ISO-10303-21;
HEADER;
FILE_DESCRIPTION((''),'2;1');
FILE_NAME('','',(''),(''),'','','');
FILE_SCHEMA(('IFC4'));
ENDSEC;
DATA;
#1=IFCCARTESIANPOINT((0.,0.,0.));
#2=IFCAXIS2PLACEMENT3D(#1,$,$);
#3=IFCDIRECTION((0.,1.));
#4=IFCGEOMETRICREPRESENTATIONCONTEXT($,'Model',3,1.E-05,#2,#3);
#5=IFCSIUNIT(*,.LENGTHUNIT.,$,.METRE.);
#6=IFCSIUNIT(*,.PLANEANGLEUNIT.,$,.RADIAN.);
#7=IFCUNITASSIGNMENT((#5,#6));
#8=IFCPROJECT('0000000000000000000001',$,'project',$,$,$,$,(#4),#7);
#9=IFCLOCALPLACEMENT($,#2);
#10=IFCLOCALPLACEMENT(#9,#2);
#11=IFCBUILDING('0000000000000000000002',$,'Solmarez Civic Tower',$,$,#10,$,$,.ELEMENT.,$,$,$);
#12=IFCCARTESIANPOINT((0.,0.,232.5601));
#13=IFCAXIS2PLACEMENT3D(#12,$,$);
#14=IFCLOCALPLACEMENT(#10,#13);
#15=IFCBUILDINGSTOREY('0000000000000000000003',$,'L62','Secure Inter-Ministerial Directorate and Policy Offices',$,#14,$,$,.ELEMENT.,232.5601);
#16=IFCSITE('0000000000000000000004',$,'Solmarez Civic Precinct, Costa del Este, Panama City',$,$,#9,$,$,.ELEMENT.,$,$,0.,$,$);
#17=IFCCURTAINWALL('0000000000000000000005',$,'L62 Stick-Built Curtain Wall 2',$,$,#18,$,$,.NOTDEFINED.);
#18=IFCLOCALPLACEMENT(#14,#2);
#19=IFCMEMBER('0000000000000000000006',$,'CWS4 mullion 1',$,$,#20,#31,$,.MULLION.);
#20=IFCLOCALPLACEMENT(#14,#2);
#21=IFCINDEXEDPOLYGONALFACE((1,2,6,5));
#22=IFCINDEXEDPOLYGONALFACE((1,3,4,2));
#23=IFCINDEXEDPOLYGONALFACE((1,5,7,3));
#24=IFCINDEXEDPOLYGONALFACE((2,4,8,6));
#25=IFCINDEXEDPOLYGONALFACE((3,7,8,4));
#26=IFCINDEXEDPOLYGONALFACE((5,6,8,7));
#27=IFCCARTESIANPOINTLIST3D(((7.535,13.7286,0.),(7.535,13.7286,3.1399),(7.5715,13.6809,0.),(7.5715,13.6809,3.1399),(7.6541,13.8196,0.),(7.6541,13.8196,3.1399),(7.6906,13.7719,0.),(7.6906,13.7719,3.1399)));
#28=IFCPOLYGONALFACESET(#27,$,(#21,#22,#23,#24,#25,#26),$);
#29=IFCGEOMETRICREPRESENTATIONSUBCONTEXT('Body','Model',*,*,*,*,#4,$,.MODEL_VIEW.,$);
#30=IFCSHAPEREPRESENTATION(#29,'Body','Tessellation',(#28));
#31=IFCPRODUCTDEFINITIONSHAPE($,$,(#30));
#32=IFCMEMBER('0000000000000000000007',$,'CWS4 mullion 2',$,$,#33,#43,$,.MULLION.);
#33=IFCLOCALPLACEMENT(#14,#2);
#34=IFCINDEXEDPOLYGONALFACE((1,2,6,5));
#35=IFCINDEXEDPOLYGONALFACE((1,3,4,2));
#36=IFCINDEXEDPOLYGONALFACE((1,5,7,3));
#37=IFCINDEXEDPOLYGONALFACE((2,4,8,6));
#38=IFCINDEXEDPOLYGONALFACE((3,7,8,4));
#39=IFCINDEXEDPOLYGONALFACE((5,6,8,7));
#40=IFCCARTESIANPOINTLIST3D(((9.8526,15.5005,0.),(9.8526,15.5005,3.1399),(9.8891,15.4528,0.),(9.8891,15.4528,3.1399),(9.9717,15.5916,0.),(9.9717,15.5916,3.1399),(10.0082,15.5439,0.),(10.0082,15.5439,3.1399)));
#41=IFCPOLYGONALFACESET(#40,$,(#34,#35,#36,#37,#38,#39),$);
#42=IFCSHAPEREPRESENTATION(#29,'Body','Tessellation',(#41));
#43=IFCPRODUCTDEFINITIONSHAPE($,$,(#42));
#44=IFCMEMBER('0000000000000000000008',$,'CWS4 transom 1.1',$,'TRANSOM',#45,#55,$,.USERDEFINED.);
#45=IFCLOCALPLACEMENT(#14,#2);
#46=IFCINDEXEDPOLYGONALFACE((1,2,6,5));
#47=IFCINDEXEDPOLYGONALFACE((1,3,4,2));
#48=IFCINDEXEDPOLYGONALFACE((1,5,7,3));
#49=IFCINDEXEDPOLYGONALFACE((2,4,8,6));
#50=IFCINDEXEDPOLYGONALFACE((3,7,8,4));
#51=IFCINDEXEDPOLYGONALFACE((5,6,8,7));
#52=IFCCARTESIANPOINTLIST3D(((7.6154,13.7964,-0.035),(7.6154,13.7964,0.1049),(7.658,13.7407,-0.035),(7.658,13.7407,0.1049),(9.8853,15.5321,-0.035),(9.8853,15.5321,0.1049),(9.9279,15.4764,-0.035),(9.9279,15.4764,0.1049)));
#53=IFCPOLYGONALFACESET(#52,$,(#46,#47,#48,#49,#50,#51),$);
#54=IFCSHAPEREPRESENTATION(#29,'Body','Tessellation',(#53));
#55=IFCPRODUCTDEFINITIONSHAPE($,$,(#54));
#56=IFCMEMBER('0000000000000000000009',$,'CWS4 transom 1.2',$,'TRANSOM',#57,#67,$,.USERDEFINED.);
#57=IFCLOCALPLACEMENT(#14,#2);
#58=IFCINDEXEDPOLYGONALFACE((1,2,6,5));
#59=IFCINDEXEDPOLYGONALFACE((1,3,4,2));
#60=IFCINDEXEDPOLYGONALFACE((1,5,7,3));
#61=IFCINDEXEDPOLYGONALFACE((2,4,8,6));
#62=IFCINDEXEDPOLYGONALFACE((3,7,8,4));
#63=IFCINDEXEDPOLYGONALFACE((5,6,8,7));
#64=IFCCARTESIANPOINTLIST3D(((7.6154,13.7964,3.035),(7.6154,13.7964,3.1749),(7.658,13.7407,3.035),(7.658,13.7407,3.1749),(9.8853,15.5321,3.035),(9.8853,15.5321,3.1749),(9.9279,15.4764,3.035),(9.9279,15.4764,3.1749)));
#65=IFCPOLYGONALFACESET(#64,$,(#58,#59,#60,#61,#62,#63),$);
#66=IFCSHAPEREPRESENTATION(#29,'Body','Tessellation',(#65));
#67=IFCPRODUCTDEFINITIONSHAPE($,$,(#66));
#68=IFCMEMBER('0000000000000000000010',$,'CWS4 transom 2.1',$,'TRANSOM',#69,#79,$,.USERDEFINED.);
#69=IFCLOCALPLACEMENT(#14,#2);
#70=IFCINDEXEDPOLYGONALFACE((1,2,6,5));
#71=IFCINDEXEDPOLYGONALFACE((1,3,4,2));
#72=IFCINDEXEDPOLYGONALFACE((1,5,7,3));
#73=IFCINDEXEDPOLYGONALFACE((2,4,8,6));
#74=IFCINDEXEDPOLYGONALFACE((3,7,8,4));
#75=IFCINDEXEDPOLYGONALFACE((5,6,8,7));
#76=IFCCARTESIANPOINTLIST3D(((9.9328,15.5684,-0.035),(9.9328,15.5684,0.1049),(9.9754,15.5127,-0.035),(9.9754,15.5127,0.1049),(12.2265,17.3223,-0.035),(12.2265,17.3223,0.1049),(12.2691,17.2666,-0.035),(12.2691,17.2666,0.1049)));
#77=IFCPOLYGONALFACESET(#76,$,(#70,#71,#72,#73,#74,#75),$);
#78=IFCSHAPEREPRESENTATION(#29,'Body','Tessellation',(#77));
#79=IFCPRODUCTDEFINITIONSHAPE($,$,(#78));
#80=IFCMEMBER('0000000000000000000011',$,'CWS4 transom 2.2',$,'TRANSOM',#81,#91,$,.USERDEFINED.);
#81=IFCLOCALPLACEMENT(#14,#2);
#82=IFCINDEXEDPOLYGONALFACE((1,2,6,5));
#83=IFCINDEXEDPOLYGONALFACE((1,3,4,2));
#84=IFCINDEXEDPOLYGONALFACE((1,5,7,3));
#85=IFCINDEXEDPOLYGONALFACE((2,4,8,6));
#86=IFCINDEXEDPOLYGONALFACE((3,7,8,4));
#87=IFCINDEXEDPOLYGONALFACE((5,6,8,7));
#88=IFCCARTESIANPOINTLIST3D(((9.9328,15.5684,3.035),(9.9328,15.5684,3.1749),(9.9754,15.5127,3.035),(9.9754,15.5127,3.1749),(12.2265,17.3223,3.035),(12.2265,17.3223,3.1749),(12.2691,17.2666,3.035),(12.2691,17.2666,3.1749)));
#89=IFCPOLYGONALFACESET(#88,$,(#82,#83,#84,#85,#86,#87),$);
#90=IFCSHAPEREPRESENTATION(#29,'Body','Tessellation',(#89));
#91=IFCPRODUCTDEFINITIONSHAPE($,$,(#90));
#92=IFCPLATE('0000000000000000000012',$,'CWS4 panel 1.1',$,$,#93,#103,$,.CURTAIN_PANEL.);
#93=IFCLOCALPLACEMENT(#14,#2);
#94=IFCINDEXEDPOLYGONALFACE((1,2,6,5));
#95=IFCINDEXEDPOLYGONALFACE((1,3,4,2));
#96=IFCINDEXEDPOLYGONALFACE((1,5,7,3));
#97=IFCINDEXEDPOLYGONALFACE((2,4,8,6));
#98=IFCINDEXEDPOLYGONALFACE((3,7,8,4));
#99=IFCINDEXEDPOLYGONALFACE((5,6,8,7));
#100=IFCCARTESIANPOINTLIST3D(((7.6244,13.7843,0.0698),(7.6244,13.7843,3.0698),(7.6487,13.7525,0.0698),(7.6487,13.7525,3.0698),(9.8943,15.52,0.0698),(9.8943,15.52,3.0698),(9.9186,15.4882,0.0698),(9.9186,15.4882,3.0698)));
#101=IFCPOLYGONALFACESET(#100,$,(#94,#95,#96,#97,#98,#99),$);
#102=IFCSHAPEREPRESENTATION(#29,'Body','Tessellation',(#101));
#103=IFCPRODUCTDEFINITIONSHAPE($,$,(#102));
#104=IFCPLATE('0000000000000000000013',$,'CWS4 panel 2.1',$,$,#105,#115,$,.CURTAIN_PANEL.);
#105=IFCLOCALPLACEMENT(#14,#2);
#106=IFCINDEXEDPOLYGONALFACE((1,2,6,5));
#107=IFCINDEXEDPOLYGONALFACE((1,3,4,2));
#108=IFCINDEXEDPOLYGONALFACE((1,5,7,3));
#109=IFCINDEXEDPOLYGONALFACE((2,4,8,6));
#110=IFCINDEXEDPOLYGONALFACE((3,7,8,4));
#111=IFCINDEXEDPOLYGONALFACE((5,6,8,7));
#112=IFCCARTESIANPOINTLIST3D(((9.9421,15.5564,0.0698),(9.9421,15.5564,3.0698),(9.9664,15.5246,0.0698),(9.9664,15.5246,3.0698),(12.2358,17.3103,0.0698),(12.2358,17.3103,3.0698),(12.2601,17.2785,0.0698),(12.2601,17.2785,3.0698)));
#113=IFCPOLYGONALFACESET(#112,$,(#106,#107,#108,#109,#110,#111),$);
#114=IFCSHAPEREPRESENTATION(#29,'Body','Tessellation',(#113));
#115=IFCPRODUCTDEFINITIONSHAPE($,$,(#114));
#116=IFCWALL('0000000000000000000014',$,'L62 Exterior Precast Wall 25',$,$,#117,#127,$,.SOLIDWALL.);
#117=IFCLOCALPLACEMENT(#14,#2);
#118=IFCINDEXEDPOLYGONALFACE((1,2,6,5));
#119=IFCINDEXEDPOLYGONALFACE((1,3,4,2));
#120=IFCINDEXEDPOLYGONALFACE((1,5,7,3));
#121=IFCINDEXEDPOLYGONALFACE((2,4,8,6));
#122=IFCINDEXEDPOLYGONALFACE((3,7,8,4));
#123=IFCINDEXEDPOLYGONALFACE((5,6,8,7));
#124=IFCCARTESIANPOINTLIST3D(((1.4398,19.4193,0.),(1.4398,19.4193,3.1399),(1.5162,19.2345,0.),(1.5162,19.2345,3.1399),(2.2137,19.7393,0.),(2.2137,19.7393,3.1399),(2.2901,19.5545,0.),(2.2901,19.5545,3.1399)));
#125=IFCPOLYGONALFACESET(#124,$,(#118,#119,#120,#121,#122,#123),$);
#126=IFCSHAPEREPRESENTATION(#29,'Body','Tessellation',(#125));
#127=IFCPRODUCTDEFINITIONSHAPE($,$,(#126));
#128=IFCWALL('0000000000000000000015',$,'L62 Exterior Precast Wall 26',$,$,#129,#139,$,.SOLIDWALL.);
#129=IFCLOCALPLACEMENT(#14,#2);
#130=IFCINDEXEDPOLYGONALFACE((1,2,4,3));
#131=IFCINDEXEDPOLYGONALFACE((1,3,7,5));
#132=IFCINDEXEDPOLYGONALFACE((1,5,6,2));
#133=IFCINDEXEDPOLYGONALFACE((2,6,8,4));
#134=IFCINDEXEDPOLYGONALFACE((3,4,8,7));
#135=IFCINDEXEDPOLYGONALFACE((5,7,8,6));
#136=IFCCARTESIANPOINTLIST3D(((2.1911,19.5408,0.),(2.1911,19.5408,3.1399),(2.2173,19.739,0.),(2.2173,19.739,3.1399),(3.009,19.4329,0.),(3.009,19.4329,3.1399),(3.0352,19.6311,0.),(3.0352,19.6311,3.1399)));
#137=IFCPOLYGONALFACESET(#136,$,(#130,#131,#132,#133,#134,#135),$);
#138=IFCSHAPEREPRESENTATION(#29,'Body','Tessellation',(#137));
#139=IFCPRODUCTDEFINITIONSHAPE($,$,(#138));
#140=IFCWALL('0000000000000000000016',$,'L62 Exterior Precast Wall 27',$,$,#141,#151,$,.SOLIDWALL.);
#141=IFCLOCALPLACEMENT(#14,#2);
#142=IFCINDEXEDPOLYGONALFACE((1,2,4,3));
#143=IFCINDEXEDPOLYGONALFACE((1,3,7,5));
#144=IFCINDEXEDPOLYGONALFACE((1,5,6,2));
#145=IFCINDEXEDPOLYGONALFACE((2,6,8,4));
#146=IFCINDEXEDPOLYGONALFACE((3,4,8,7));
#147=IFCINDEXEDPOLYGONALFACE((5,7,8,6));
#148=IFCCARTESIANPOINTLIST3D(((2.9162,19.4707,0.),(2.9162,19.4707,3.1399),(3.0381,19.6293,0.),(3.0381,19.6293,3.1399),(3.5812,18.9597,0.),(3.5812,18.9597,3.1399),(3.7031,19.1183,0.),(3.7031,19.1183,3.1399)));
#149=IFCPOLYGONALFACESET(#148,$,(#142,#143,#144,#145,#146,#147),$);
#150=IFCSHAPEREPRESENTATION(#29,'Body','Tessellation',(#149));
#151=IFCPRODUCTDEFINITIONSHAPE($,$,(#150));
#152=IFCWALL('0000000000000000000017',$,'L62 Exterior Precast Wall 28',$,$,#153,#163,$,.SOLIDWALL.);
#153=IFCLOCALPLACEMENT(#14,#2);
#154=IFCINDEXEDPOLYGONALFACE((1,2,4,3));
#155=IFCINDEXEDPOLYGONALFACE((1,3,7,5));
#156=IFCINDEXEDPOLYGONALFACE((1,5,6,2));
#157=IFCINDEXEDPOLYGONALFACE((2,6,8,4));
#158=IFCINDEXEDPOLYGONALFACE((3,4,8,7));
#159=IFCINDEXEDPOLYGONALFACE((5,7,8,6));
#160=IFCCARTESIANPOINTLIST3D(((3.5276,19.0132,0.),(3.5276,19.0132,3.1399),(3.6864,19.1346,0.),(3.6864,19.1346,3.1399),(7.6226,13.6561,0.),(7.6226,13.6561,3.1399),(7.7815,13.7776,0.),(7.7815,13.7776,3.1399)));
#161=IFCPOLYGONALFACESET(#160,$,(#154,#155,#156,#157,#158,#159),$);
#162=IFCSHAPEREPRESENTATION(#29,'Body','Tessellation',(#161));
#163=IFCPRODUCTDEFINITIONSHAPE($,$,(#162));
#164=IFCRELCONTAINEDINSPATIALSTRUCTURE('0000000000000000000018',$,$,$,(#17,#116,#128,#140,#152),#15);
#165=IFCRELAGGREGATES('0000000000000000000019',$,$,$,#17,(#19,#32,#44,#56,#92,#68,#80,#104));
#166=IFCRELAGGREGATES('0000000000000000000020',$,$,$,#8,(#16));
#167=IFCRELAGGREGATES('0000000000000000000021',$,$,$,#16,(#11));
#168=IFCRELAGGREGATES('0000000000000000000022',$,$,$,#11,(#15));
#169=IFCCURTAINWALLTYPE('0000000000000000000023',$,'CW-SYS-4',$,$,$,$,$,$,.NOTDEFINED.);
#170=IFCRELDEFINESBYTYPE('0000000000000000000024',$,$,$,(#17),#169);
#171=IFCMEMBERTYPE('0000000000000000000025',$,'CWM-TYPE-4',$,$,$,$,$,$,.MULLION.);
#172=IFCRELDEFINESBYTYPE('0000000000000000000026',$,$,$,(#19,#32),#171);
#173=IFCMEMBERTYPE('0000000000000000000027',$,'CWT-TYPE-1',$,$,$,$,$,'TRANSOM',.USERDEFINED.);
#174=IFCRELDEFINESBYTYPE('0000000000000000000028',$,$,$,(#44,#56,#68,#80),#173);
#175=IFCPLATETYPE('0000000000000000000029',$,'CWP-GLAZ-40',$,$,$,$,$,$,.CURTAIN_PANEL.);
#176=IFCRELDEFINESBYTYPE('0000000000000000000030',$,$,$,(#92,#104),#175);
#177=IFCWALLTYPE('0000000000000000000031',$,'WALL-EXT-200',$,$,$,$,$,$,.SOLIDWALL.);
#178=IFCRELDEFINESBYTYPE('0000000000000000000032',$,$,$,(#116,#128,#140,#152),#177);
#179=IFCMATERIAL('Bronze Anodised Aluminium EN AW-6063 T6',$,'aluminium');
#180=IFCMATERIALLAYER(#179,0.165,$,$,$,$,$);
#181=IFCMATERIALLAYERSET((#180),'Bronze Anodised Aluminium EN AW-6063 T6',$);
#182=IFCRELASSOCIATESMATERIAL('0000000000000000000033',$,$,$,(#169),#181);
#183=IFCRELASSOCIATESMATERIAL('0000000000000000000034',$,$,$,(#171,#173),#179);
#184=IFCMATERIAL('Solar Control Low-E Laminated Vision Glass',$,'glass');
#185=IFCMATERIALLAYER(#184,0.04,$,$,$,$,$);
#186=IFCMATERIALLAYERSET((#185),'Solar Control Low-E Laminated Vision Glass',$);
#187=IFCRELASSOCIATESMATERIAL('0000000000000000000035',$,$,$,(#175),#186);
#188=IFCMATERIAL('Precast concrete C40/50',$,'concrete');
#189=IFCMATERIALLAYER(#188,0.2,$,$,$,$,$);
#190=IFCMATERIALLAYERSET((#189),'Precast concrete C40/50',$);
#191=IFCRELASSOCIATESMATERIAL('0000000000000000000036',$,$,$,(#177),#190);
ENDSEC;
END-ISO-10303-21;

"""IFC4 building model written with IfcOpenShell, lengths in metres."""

from ifc_helpers import new_model, si_unit, direction, frame, frame_2d, origin, origin_2d, place, context, subcontext, project, spatial, rectangle, extrude, material, layer, layer_set, material_profile, profile_set, type_object, element, aggregate, save


model = new_model("IFC4")

# Units and contexts
model_context = context("Model", 3, precision=1e-05, world=origin(), true_north=direction((0.0, 1.0)))
body_context = subcontext(model_context, "Body", "Model", "MODEL_VIEW")
ifc_project = project(units=[si_unit("LENGTHUNIT", "METRE"), si_unit("PLANEANGLEUNIT", "RADIAN")], contexts=[model_context])

# Site, building, storey
site_placement = place(None, origin())
site = spatial("IfcSite", under=ifc_project, at=site_placement, Name="Solmarez Civic Precinct, Costa del Este, Panama City", CompositionType="ELEMENT", RefElevation=0.0)
building_placement = place(site_placement, origin())
building = spatial("IfcBuilding", under=site, at=building_placement, Name="Solmarez Civic Tower", CompositionType="ELEMENT")
storey_placement = place(building_placement, frame((0.0, 0.0, 232.5601)))
storey = spatial("IfcBuildingStorey", under=building, at=storey_placement, Name="L62", Description="Secure Inter-Ministerial Directorate and Policy Offices", CompositionType="ELEMENT", Elevation=232.5601)

# Curtain wall, members, plates
ifc_material_1 = material(Name="Bronze Anodised Aluminium EN AW-6063 T6", Category="aluminium")
ifc_layer_1 = layer(ifc_material_1, 0.165)
ifc_layer_set_1 = layer_set([ifc_layer_1], Name="Bronze Anodised Aluminium EN AW-6063 T6")
curtain_wall_type = type_object("IfcCurtainWallType", Name="CW-SYS-4", PredefinedType="NOTDEFINED", material=ifc_layer_set_1)
curtain_wall_placement = place(storey_placement, origin())
curtain_wall = element("IfcCurtainWall", 1, at=curtain_wall_placement, inside=storey, type_object=curtain_wall_type, Name="L62 Stick-Built Curtain Wall 2", PredefinedType="NOTDEFINED")
ifc_material_profile_1 = material_profile(ifc_material_1, rectangle(XDim=0.0601, YDim=0.1499, at=origin_2d()), Name="CWM-60X150")
ifc_profile_set_1 = profile_set([ifc_material_profile_1], Name="Bronze Anodised Aluminium EN AW-6063 T6")
member_type_1 = type_object("IfcMemberType", Name="CWM-TYPE-4", PredefinedType="MULLION", material=ifc_profile_set_1)
member_1_placement = place(storey_placement, frame((7.6128, 13.7502, 0.0), z_axis=(0.0, 0.0, 1.0), x_axis=(-0.607429, 0.794374, 0.0)))
member_1 = element("IfcMember", 2, at=member_1_placement, type_object=member_type_1, Name="CWS4 mullion 1", PredefinedType="MULLION", context=body_context, shape_type="SweptSolid", body=[
    extrude(rectangle(XDim=0.0601, YDim=0.1499, at=origin_2d()), origin(), (0.0, 0.0, 1.0), 3.1399),
])
member_2_placement = place(storey_placement, frame((9.9304, 15.5222, 0.0), z_axis=(0.0, 0.0, 1.0), x_axis=(-0.607429, 0.794374, 0.0)))
member_2 = element("IfcMember", 3, at=member_2_placement, type_object=member_type_1, Name="CWS4 mullion 2", PredefinedType="MULLION", context=body_context, shape_type="SweptSolid", body=[
    extrude(rectangle(XDim=0.0601, YDim=0.1499, at=origin_2d()), origin(), (0.0, 0.0, 1.0), 3.1399),
])
ifc_material_profile_2 = material_profile(ifc_material_1, rectangle(XDim=0.0701, YDim=0.1399, at=origin_2d()), Name="CWT-70X140")
ifc_profile_set_2 = profile_set([ifc_material_profile_2], Name="Bronze Anodised Aluminium EN AW-6063 T6")
member_type_2 = type_object("IfcMemberType", Name="CWT-TYPE-1", ElementType="TRANSOM", PredefinedType="USERDEFINED", material=ifc_profile_set_2)
member_3_placement = place(storey_placement, frame((7.6367, 13.7686, 0.0349), z_axis=(0.794377, 0.607425, 0.0), x_axis=(-0.607425, 0.794377, 0.0)))
member_3 = element("IfcMember", 4, at=member_3_placement, type_object=member_type_2, Name="CWS4 transom 1.1", ObjectType="TRANSOM", PredefinedType="USERDEFINED", context=body_context, shape_type="SweptSolid", body=[
    extrude(rectangle(XDim=0.0701, YDim=0.1399, at=origin_2d()), origin(), (0.0, 0.0, 1.0), 2.8574),
])
member_4_placement = place(storey_placement, frame((7.6367, 13.7686, 3.105), z_axis=(0.794377, 0.607425, 0.0), x_axis=(-0.607425, 0.794377, 0.0)))
member_4 = element("IfcMember", 5, at=member_4_placement, type_object=member_type_2, Name="CWS4 transom 1.2", ObjectType="TRANSOM", PredefinedType="USERDEFINED", context=body_context, shape_type="SweptSolid", body=[
    extrude(rectangle(XDim=0.0701, YDim=0.1399, at=origin_2d()), origin(), (0.0, 0.0, 1.0), 2.8574),
])
member_5_placement = place(storey_placement, frame((9.9541, 15.5405, 0.0349), z_axis=(0.794375, 0.607428, 0.0), x_axis=(-0.607428, 0.794375, 0.0)))
member_5 = element("IfcMember", 6, at=member_5_placement, type_object=member_type_2, Name="CWS4 transom 2.1", ObjectType="TRANSOM", PredefinedType="USERDEFINED", context=body_context, shape_type="SweptSolid", body=[
    extrude(rectangle(XDim=0.0701, YDim=0.1399, at=origin_2d()), origin(), (0.0, 0.0, 1.0), 2.8875),
])
member_6_placement = place(storey_placement, frame((9.9541, 15.5405, 3.105), z_axis=(0.794375, 0.607428, 0.0), x_axis=(-0.607428, 0.794375, 0.0)))
member_6 = element("IfcMember", 7, at=member_6_placement, type_object=member_type_2, Name="CWS4 transom 2.2", ObjectType="TRANSOM", PredefinedType="USERDEFINED", context=body_context, shape_type="SweptSolid", body=[
    extrude(rectangle(XDim=0.0701, YDim=0.1399, at=origin_2d()), origin(), (0.0, 0.0, 1.0), 2.8875),
])
ifc_material_2 = material(Name="Solar Control Low-E Laminated Vision Glass", Category="glass")
ifc_layer_2 = layer(ifc_material_2, 0.04)
ifc_layer_set_2 = layer_set([ifc_layer_2], Name="Solar Control Low-E Laminated Vision Glass")
plate_type = type_object("IfcPlateType", Name="CWP-GLAZ-40", PredefinedType="CURTAIN_PANEL", material=ifc_layer_set_2)
plate_1_placement = place(storey_placement, frame((8.7715, 14.6362, 0.0698), z_axis=(0.0, 0.0, 1.0), x_axis=(0.794374, 0.607429, 0.0)))
plate_1 = element("IfcPlate", 8, at=plate_1_placement, type_object=plate_type, Name="CWS4 panel 1.1", PredefinedType="CURTAIN_PANEL", context=body_context, shape_type="SweptSolid", body=[
    extrude(rectangle(XDim=2.8574, YDim=0.04, at=origin_2d()), origin(), (0.0, 0.0, 1.0), 3.0),
])
plate_2_placement = place(storey_placement, frame((11.1011, 16.4175, 0.0698), z_axis=(0.0, 0.0, 1.0), x_axis=(0.794374, 0.607429, 0.0)))
plate_2 = element("IfcPlate", 9, at=plate_2_placement, type_object=plate_type, Name="CWS4 panel 2.1", PredefinedType="CURTAIN_PANEL", context=body_context, shape_type="SweptSolid", body=[
    extrude(rectangle(XDim=2.8875, YDim=0.04, at=origin_2d()), origin(), (0.0, 0.0, 1.0), 3.0),
])
aggregate(curtain_wall, [member_1, member_2, member_3, member_4, plate_1, member_5, member_6, plate_2])

# Walls
ifc_material_3 = material(Name="Precast concrete C40/50", Category="concrete")
ifc_layer_3 = layer(ifc_material_3, 0.2)
ifc_layer_set_3 = layer_set([ifc_layer_3], Name="Precast concrete C40/50")
wall_type_1 = type_object("IfcWallType", Name="WALL-EXT-200", PredefinedType="SOLIDWALL", material=ifc_layer_set_3)
wall_1_placement = place(storey_placement, frame((1.478, 19.3269, 0.0), z_axis=(0.0, 0.0, 1.0), x_axis=(0.924091, 0.382172, 0.0)))
element("IfcWall", 10, at=wall_1_placement, inside=storey, type_object=wall_type_1, Name="L62 Exterior Precast Wall 25", PredefinedType="SOLIDWALL", context=body_context, shape_type="SweptSolid", body=[
    extrude(rectangle(XDim=0.8374, YDim=0.2, at=frame_2d((0.4187, 0.0))), origin(), (0.0, 0.0, 1.0), 3.1399),
])
wall_2_placement = place(storey_placement, frame((2.2041, 19.6399, 0.0), z_axis=(0.0, 0.0, 1.0), x_axis=(0.991408, -0.130807, 0.0)))
element("IfcWall", 11, at=wall_2_placement, inside=storey, type_object=wall_type_1, Name="L62 Exterior Precast Wall 26", PredefinedType="SOLIDWALL", context=body_context, shape_type="SweptSolid", body=[
    extrude(rectangle(XDim=0.825, YDim=0.2, at=frame_2d((0.4126, 0.0))), origin(), (0.0, 0.0, 1.0), 3.1399),
])
wall_3_placement = place(storey_placement, frame((2.9771, 19.55, 0.0), z_axis=(0.0, 0.0, 1.0), x_axis=(0.792959, -0.609275, 0.0)))
element("IfcWall", 12, at=wall_3_placement, inside=storey, type_object=wall_type_1, Name="L62 Exterior Precast Wall 27", PredefinedType="SOLIDWALL", context=body_context, shape_type="SweptSolid", body=[
    extrude(rectangle(XDim=0.8386, YDim=0.2, at=frame_2d((0.4194, 0.0))), origin(), (0.0, 0.0, 1.0), 3.1399),
])
wall_4_placement = place(storey_placement, frame((3.6069, 19.074, 0.0), z_axis=(0.0, 0.0, 1.0), x_axis=(0.607309, -0.794466, 0.0)))
element("IfcWall", 13, at=wall_4_placement, inside=storey, type_object=wall_type_1, Name="L62 Exterior Precast Wall 28", PredefinedType="SOLIDWALL", context=body_context, shape_type="SweptSolid", body=[
    extrude(rectangle(XDim=6.7429, YDim=0.2, at=frame_2d((3.3716, 0.0))), origin(), (0.0, 0.0, 1.0), 3.1399),
])

save(model, "model.ifc")
